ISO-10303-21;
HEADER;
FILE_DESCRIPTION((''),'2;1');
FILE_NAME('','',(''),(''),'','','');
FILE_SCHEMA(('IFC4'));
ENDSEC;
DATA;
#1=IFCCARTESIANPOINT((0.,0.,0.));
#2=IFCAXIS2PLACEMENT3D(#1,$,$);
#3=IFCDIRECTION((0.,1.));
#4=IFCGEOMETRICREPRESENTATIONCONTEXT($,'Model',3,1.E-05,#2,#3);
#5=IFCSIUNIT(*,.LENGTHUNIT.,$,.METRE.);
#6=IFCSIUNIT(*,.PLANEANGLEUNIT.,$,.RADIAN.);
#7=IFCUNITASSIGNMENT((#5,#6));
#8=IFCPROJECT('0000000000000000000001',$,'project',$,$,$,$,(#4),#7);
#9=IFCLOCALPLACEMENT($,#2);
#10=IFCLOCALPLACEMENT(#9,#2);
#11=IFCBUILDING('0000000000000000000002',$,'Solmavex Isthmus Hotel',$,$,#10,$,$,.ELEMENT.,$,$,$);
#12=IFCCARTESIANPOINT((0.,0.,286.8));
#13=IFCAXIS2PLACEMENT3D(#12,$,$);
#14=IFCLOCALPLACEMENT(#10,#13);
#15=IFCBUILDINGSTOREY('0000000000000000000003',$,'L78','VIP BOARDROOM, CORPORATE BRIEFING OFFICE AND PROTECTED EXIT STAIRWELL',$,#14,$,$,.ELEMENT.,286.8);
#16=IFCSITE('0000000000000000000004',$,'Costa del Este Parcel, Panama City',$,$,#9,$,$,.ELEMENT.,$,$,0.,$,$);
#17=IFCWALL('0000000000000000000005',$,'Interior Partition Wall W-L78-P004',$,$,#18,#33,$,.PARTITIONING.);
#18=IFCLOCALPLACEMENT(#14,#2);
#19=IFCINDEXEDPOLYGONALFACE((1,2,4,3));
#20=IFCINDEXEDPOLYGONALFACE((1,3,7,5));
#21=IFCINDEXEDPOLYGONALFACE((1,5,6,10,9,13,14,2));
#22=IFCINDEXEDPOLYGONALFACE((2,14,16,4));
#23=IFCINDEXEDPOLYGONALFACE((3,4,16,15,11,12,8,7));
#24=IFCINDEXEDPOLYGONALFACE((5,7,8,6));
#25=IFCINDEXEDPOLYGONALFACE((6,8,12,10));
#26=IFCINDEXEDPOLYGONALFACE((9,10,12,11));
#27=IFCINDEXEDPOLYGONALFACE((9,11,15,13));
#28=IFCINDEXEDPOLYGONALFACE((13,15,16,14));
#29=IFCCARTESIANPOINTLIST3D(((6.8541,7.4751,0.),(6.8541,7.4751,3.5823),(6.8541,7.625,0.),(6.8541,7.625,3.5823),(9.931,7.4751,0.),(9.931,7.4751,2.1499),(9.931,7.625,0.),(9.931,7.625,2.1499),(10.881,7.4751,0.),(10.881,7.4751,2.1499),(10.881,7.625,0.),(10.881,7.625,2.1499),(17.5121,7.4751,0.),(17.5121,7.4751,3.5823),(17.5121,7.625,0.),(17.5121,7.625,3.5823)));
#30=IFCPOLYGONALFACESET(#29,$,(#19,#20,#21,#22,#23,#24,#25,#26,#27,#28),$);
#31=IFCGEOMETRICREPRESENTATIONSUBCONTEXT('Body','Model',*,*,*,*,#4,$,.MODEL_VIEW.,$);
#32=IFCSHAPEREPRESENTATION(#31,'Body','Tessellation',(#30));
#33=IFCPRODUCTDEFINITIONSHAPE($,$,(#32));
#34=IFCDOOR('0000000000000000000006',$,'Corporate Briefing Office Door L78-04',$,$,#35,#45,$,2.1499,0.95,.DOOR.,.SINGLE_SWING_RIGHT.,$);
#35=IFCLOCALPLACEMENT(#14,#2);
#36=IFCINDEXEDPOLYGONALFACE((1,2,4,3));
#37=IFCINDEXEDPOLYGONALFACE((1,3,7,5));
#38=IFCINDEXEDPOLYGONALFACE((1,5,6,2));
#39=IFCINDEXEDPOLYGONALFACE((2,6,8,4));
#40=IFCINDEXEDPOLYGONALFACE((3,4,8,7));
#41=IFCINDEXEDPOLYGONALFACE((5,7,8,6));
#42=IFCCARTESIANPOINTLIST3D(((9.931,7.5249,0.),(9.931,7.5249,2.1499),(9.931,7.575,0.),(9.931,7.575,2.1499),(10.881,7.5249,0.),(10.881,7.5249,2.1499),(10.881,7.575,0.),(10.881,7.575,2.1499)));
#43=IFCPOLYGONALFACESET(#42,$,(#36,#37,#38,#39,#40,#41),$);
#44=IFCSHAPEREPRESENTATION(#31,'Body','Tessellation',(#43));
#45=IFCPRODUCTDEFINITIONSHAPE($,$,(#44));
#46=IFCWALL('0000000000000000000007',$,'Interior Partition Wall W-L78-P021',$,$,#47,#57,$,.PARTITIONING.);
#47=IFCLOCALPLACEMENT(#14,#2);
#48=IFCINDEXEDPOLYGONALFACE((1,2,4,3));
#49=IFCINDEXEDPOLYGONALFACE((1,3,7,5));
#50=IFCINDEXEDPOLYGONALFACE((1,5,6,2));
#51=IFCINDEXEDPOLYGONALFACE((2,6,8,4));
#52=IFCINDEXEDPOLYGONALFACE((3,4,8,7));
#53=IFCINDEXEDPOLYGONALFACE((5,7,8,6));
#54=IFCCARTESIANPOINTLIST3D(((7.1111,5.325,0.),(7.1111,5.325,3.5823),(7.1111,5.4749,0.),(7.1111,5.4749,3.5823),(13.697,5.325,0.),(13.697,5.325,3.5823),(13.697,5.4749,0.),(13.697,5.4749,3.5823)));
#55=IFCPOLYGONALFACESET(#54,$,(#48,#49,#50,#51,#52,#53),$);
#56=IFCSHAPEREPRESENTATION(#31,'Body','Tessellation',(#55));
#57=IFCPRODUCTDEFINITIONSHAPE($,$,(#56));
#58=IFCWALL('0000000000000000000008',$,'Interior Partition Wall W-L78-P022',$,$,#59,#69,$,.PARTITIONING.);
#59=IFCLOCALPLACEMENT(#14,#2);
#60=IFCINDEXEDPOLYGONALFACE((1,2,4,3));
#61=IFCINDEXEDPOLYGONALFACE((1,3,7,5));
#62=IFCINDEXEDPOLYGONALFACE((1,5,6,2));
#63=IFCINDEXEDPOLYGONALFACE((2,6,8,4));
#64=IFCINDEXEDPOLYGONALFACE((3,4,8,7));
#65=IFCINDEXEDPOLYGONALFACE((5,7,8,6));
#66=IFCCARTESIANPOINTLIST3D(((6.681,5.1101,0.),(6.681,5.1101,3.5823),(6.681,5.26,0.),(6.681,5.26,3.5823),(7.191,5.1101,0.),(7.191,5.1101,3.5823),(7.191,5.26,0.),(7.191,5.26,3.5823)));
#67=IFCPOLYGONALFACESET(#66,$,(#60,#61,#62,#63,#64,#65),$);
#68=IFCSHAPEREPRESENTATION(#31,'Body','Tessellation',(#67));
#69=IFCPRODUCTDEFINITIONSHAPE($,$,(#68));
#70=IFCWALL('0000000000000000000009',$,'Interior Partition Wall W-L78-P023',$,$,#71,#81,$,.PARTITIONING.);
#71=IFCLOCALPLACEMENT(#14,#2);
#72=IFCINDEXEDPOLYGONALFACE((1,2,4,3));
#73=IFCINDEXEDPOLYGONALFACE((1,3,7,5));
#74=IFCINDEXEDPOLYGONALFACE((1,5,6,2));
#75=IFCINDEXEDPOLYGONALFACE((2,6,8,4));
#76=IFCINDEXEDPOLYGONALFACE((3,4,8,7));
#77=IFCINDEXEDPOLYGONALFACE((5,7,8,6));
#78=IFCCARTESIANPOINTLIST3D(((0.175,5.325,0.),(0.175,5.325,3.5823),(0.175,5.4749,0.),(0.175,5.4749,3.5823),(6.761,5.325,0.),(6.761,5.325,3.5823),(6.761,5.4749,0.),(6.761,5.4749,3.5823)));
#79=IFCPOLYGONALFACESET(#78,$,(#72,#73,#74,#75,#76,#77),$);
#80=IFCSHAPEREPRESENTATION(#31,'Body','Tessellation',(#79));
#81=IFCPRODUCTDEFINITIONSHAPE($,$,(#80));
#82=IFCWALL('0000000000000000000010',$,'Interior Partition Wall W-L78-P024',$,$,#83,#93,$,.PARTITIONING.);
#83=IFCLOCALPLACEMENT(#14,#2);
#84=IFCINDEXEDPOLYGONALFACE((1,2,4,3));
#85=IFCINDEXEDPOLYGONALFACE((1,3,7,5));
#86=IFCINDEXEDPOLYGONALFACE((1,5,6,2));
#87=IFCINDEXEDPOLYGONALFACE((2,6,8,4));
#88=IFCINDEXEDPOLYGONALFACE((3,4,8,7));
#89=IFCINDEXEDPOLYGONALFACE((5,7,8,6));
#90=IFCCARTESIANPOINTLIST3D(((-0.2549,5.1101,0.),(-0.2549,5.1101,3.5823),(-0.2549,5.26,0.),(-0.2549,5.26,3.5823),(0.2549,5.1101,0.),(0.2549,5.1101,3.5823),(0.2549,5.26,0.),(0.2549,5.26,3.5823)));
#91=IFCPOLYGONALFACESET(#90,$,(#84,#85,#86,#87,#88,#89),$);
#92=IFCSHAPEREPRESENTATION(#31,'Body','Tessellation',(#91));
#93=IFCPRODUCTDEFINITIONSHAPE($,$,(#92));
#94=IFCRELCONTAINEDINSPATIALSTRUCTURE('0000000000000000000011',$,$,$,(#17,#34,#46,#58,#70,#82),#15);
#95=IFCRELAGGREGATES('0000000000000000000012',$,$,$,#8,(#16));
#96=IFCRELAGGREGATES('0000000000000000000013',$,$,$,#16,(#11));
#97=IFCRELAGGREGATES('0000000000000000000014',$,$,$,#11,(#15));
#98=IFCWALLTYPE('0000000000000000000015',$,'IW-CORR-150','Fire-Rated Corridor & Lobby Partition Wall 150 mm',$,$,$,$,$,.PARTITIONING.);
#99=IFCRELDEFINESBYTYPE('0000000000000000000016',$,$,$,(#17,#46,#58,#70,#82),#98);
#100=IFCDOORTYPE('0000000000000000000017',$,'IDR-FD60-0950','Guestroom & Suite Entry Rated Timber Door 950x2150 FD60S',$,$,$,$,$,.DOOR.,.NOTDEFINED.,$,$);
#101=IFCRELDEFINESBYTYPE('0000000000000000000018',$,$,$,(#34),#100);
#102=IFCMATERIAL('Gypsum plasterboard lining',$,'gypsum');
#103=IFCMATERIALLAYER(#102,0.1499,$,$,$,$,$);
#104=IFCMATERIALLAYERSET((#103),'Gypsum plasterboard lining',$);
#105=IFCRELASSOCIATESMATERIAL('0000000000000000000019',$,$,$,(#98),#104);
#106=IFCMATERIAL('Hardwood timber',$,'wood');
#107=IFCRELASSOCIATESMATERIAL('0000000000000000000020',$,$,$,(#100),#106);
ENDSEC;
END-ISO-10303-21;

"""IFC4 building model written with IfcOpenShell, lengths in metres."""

from ifc_helpers import new_model, si_unit, direction, frame, frame_2d, origin, place, context, subcontext, project, spatial, rectangle, extrude, material, layer, layer_set, type_object, element, fill, save


model = new_model("IFC4")

# Units and contexts
model_context = context("Model", 3, precision=1e-05, world=origin(), true_north=direction((0.0, 1.0)))
body_context = subcontext(model_context, "Body", "Model", "MODEL_VIEW")
ifc_project = project(units=[si_unit("LENGTHUNIT", "METRE"), si_unit("PLANEANGLEUNIT", "RADIAN")], contexts=[model_context])

# Site, building, storey
site_placement = place(None, origin())
site = spatial("IfcSite", under=ifc_project, at=site_placement, Name="Costa del Este Parcel, Panama City", CompositionType="ELEMENT", RefElevation=0.0)
building_placement = place(site_placement, origin())
building = spatial("IfcBuilding", under=site, at=building_placement, Name="Solmavex Isthmus Hotel", CompositionType="ELEMENT")
storey_placement = place(building_placement, frame((0.0, 0.0, 286.8)))
storey = spatial("IfcBuildingStorey", under=building, at=storey_placement, Name="L78", Description="VIP BOARDROOM, CORPORATE BRIEFING OFFICE AND PROTECTED EXIT STAIRWELL", CompositionType="ELEMENT", Elevation=286.8)

# Shared definitions
ifc_material_1 = material(Name="Gypsum plasterboard lining", Category="gypsum")

# Wall, opening, door
ifc_layer_1 = layer(ifc_material_1, 0.1499)
ifc_layer_set_1 = layer_set([ifc_layer_1], Name="Gypsum plasterboard lining")
wall_type_1 = type_object("IfcWallType", Name="IW-CORR-150", Description="Fire-Rated Corridor & Lobby Partition Wall 150 mm", PredefinedType="PARTITIONING", material=ifc_layer_set_1)
wall_1_placement = place(storey_placement, frame((6.854, 7.55, 0.0), z_axis=(0.0, 0.0, 1.0), x_axis=(1.0, 0.0, 0.0)))
wall_1 = element("IfcWall", 1, at=wall_1_placement, inside=storey, type_object=wall_type_1, Name="Interior Partition Wall W-L78-P004", PredefinedType="PARTITIONING", context=body_context, shape_type="SweptSolid", body=[
    extrude(rectangle(XDim=10.658, YDim=0.1499, at=frame_2d((5.3291, 0.0))), origin(), (0.0, 0.0, 1.0), 3.5823),
])
opening_placement = place(wall_1_placement, frame((3.0769, 0.0, 0.0)))
opening = element("IfcOpeningElement", 2, at=opening_placement, cuts=wall_1, PredefinedType="OPENING", context=body_context, shape_type="SweptSolid", body=[
    extrude(rectangle(XDim=0.95, YDim=2.1499, at=frame_2d((0.4751, 1.075))), frame((0.0, 0.085, 0.0), z_axis=(0.0, -1.0, 0.0), x_axis=(1.0, 0.0, 0.0)), (0.0, 0.0, 1.0), 0.1699),
])
ifc_material_2 = material(Name="Hardwood timber", Category="wood")
door_type = type_object("IfcDoorType", Name="IDR-FD60-0950", Description="Guestroom & Suite Entry Rated Timber Door 950x2150 FD60S", OperationType="NOTDEFINED", PredefinedType="DOOR", material=ifc_material_2)
door_placement = place(opening_placement, origin())
door = element("IfcDoor", 3, at=door_placement, inside=storey, type_object=door_type, Name="Corporate Briefing Office Door L78-04", OperationType="SINGLE_SWING_RIGHT", OverallHeight=2.1499, OverallWidth=0.95, PredefinedType="DOOR", context=body_context, shape_type="SweptSolid", body=[
    extrude(rectangle(XDim=0.95, YDim=2.1499, at=frame_2d((0.4751, 1.075))), frame((0.0, 0.0249, 0.0), z_axis=(0.0, -1.0, 0.0), x_axis=(1.0, 0.0, 0.0)), (0.0, 0.0, 1.0), 0.05),
])
fill(opening, door)

# Walls
wall_2_placement = place(storey_placement, frame((13.697, 5.3999, 0.0), z_axis=(0.0, 0.0, 1.0), x_axis=(-1.0, 0.0, 0.0)))
element("IfcWall", 4, at=wall_2_placement, inside=storey, type_object=wall_type_1, Name="Interior Partition Wall W-L78-P021", PredefinedType="PARTITIONING", context=body_context, shape_type="SweptSolid", body=[
    extrude(rectangle(XDim=6.5859, YDim=0.1499, at=frame_2d((3.293, 0.0))), origin(), (0.0, 0.0, 1.0), 3.5823),
])
wall_3_placement = place(storey_placement, frame((7.1909, 5.1851, 0.0), z_axis=(0.0, 0.0, 1.0), x_axis=(-1.0, 0.0, 0.0)))
element("IfcWall", 5, at=wall_3_placement, inside=storey, type_object=wall_type_1, Name="Interior Partition Wall W-L78-P022", PredefinedType="PARTITIONING", context=body_context, shape_type="SweptSolid", body=[
    extrude(rectangle(XDim=0.51, YDim=0.1499, at=frame_2d((0.2549, 0.0))), origin(), (0.0, 0.0, 1.0), 3.5823),
])
wall_4_placement = place(storey_placement, frame((6.761, 5.3999, 0.0), z_axis=(0.0, 0.0, 1.0), x_axis=(-1.0, 0.0, 0.0)))
element("IfcWall", 6, at=wall_4_placement, inside=storey, type_object=wall_type_1, Name="Interior Partition Wall W-L78-P023", PredefinedType="PARTITIONING", context=body_context, shape_type="SweptSolid", body=[
    extrude(rectangle(XDim=6.5859, YDim=0.1499, at=frame_2d((3.293, 0.0))), origin(), (0.0, 0.0, 1.0), 3.5823),
])
wall_5_placement = place(storey_placement, frame((0.2549, 5.1851, 0.0), z_axis=(0.0, 0.0, 1.0), x_axis=(-1.0, 0.0, 0.0)))
element("IfcWall", 7, at=wall_5_placement, inside=storey, type_object=wall_type_1, Name="Interior Partition Wall W-L78-P024", PredefinedType="PARTITIONING", context=body_context, shape_type="SweptSolid", body=[
    extrude(rectangle(XDim=0.5098, YDim=0.1499, at=frame_2d((0.2549, 0.0))), origin(), (0.0, 0.0, 1.0), 3.5823),
])

save(model, "model.ifc")
